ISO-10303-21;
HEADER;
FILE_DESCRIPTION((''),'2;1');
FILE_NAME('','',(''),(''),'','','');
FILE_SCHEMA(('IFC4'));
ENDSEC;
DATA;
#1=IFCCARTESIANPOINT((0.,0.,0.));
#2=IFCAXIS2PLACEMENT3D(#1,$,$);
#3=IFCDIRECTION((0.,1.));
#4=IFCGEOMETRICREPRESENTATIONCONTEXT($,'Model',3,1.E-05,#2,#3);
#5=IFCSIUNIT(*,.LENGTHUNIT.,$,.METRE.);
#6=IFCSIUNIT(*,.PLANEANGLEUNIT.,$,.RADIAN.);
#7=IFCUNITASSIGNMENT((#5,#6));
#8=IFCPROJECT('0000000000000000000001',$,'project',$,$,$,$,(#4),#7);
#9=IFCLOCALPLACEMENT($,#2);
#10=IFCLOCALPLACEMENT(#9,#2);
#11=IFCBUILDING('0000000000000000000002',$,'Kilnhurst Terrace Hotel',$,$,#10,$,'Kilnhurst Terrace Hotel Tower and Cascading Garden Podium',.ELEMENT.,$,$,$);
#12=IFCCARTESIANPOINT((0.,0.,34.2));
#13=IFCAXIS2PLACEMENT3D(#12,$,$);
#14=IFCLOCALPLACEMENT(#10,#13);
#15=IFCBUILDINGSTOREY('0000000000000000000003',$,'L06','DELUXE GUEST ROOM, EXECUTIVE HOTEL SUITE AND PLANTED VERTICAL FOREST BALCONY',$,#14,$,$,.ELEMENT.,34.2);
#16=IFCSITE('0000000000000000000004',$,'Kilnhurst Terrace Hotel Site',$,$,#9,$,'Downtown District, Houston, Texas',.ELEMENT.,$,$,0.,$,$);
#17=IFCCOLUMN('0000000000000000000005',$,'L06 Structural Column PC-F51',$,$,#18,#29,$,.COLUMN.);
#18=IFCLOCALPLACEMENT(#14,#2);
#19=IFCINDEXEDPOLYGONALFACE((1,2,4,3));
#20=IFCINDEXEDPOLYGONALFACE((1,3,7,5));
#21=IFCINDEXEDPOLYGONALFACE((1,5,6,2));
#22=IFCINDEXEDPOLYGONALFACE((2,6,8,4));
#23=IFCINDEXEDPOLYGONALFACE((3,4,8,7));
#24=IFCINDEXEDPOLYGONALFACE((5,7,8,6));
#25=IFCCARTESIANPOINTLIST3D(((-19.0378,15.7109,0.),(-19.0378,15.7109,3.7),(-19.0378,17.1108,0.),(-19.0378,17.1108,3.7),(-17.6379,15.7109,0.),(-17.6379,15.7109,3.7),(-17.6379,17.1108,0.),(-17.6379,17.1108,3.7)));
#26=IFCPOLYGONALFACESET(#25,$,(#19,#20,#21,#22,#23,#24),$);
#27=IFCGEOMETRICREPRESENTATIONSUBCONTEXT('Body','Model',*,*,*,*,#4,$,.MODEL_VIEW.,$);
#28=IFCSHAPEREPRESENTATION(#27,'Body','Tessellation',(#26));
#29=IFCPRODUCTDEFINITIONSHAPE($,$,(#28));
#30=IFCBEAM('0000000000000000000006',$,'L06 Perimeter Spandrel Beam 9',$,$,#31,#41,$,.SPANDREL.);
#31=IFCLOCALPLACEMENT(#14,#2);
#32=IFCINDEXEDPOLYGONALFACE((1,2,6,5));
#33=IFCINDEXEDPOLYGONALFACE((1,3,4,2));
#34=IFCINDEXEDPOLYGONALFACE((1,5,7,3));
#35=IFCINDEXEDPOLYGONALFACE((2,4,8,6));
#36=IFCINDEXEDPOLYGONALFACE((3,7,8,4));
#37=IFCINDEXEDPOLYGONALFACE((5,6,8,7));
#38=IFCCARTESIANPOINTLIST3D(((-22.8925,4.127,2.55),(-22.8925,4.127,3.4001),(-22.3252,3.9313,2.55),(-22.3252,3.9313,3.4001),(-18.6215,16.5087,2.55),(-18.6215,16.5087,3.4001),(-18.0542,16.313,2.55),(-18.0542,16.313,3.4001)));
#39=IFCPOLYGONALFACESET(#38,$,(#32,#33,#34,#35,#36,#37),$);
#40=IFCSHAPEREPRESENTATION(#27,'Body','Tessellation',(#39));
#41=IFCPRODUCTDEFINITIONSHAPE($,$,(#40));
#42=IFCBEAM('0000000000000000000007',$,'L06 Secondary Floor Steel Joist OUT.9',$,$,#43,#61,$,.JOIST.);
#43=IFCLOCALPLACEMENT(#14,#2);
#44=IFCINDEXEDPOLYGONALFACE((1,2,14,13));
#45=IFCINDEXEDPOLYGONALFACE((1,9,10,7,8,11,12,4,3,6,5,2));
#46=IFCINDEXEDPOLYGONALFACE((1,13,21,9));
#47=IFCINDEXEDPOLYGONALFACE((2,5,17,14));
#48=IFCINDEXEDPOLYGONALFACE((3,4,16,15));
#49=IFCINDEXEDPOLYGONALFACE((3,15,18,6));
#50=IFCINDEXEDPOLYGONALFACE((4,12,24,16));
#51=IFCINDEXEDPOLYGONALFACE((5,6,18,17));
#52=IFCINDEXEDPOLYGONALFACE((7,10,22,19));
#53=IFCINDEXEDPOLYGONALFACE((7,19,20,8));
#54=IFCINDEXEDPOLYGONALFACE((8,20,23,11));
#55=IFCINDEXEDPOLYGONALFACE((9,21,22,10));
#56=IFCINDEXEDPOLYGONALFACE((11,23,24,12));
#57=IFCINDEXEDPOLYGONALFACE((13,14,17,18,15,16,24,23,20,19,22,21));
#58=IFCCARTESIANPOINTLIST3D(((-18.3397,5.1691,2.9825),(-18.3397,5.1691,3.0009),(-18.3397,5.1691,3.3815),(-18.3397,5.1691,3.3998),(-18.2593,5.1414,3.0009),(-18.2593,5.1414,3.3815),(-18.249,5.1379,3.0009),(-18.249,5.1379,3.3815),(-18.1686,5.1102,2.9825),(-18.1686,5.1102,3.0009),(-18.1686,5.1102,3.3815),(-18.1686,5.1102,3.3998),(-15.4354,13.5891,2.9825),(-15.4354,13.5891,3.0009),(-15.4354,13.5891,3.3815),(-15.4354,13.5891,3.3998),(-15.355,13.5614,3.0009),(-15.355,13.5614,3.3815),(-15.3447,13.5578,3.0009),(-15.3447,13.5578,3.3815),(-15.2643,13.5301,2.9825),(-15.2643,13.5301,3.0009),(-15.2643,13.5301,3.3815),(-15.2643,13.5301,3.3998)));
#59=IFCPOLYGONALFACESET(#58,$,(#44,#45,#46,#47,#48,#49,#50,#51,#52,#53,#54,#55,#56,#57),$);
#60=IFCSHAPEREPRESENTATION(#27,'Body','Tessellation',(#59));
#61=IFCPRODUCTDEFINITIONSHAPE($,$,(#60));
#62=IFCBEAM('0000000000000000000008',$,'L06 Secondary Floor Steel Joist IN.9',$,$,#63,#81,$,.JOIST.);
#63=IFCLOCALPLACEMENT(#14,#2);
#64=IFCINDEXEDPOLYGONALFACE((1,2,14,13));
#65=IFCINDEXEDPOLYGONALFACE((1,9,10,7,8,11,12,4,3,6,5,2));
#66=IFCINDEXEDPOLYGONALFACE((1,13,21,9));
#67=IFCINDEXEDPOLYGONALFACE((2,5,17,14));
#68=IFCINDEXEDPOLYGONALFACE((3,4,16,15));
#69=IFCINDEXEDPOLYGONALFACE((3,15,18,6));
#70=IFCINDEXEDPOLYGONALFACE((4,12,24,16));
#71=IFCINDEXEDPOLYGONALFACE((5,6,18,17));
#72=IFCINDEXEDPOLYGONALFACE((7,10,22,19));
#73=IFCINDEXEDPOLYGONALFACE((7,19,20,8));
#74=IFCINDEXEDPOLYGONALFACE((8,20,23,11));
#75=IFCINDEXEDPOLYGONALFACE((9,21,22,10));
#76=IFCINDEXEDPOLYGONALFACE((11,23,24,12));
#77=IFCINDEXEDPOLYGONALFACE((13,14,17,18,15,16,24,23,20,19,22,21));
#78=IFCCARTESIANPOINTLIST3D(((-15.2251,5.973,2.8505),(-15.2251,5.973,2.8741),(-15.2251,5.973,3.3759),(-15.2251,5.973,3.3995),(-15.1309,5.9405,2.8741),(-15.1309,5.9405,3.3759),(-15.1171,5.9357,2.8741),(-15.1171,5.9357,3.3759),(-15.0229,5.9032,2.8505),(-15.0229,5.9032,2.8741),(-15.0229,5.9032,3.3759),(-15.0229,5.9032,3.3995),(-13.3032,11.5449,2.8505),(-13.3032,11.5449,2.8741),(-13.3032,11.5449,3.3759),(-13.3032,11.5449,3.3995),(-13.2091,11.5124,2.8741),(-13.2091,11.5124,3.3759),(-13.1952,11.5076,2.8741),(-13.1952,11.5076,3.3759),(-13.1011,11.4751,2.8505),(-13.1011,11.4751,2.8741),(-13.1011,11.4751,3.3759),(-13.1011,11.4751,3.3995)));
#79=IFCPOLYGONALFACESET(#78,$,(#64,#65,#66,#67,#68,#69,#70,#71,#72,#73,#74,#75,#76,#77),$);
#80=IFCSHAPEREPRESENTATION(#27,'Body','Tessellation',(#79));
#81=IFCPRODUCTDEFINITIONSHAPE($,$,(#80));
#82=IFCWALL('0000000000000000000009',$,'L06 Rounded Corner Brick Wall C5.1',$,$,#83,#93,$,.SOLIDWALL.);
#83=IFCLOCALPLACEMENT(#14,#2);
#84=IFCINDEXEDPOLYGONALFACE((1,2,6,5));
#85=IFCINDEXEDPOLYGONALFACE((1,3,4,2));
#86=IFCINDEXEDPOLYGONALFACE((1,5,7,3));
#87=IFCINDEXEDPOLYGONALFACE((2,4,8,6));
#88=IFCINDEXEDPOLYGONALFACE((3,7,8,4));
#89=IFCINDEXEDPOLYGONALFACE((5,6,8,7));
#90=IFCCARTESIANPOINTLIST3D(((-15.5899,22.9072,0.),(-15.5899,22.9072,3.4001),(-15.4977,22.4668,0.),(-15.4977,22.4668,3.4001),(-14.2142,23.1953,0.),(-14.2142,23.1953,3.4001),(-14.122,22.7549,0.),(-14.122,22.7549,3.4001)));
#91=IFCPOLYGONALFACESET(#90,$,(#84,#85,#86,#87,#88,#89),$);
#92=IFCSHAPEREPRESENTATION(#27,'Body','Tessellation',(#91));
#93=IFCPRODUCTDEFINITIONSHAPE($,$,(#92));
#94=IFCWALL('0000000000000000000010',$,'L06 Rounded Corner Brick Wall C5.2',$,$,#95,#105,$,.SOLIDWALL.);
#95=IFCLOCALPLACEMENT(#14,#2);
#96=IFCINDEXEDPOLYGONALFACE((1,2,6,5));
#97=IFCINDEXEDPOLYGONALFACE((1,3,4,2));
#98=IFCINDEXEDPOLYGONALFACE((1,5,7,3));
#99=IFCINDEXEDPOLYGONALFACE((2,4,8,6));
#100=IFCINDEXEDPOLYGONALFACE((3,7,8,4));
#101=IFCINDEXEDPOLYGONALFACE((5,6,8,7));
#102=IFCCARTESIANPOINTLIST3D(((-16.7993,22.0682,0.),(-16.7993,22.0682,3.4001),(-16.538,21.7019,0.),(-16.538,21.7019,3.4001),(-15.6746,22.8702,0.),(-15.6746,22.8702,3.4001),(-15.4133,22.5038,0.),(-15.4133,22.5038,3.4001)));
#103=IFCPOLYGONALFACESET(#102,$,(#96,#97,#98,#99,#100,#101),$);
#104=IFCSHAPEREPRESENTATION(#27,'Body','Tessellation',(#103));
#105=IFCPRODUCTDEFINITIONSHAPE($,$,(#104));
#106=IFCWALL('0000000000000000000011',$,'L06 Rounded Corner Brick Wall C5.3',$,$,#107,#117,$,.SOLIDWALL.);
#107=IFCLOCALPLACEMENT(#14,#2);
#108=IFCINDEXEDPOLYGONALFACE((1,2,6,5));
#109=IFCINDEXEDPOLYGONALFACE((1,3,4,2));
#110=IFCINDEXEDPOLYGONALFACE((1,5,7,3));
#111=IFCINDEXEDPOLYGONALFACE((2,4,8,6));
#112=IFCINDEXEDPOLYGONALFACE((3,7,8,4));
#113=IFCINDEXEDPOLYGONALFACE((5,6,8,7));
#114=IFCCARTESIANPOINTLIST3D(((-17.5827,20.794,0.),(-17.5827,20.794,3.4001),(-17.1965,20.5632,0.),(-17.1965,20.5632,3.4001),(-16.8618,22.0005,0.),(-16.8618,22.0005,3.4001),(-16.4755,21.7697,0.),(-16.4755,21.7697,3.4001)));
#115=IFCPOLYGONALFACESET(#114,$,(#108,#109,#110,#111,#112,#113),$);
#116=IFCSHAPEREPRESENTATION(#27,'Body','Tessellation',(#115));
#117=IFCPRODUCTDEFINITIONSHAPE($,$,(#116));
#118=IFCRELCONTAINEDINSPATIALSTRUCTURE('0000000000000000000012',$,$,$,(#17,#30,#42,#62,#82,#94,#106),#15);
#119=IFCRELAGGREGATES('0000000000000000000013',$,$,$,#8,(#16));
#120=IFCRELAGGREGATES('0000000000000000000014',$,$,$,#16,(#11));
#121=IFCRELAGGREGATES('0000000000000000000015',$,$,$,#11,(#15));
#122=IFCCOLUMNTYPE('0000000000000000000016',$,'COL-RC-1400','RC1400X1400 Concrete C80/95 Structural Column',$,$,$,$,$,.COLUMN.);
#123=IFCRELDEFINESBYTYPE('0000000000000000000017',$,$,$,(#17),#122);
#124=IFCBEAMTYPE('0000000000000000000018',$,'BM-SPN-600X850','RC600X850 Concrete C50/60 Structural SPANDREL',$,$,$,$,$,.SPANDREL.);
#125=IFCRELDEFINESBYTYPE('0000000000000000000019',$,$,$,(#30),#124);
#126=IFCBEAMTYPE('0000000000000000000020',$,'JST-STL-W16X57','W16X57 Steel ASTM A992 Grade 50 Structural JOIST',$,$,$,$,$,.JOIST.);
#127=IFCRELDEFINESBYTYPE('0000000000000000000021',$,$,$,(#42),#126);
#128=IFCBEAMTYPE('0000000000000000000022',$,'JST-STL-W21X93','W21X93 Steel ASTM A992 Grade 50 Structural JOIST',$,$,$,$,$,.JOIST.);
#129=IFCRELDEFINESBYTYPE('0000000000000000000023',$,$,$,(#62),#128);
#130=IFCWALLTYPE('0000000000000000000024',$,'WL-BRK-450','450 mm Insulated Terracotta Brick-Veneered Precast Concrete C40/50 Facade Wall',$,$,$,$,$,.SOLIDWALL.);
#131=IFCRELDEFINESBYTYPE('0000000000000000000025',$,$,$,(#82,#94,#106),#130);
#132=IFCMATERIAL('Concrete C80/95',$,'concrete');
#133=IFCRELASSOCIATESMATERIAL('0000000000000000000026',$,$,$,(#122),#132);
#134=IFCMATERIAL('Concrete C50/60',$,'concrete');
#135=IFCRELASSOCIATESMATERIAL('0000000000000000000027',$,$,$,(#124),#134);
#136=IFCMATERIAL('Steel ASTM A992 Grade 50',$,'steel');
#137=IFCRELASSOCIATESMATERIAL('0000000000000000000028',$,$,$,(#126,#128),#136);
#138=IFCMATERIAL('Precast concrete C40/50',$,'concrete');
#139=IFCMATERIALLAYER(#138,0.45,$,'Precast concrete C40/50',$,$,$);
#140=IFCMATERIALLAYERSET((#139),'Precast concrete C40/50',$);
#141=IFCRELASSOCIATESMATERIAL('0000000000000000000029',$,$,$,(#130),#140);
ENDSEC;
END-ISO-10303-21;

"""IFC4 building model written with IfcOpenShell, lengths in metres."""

from ifc_helpers import new_model, si_unit, direction, frame, frame_2d, origin, origin_2d, place, context, subcontext, project, spatial, rectangle, i_section, extrude, material, layer, layer_set, material_profile, profile_set, type_object, element, save


model = new_model("IFC4")

# Units and contexts
model_context = context("Model", 3, precision=1e-05, world=origin(), true_north=direction((0.0, 1.0)))
body_context = subcontext(model_context, "Body", "Model", "MODEL_VIEW")
ifc_project = project(units=[si_unit("LENGTHUNIT", "METRE"), si_unit("PLANEANGLEUNIT", "RADIAN")], contexts=[model_context])

# Site, building, storey
site_placement = place(None, origin())
site = spatial("IfcSite", under=ifc_project, at=site_placement, Name="Kilnhurst Terrace Hotel Site", LongName="Downtown District, Houston, Texas", CompositionType="ELEMENT", RefElevation=0.0)
building_placement = place(site_placement, origin())
building = spatial("IfcBuilding", under=site, at=building_placement, Name="Kilnhurst Terrace Hotel", LongName="Kilnhurst Terrace Hotel Tower and Cascading Garden Podium", CompositionType="ELEMENT")
storey_placement = place(building_placement, frame((0.0, 0.0, 34.2)))
storey = spatial("IfcBuildingStorey", under=building, at=storey_placement, Name="L06", Description="DELUXE GUEST ROOM, EXECUTIVE HOTEL SUITE AND PLANTED VERTICAL FOREST BALCONY", CompositionType="ELEMENT", Elevation=34.2)

# Column
ifc_material_1 = material(Name="Concrete C80/95", Category="concrete")
ifc_material_profile_1 = material_profile(ifc_material_1, rectangle(XDim=1.3999, YDim=1.3999, at=origin_2d()), Name="RC1400X1400")
ifc_profile_set_1 = profile_set([ifc_material_profile_1], Name="Concrete C80/95")
column_type = type_object("IfcColumnType", Name="COL-RC-1400", Description="RC1400X1400 Concrete C80/95 Structural Column", PredefinedType="COLUMN", material=ifc_profile_set_1)
column_placement = place(storey_placement, frame((-18.3379, 16.4109, 0.0), z_axis=(0.0, 0.0, 1.0), x_axis=(1.0, 0.0, 0.0)))
element("IfcColumn", 1, at=column_placement, inside=storey, type_object=column_type, Name="L06 Structural Column PC-F51", PredefinedType="COLUMN", context=body_context, shape_type="SweptSolid", body=[
    extrude(rectangle(XDim=1.3999, YDim=1.3999, at=origin_2d()), origin(), (0.0, 0.0, 1.0), 3.7),
])

# Beams
ifc_material_2 = material(Name="Concrete C50/60", Category="concrete")
ifc_material_profile_2 = material_profile(ifc_material_2, rectangle(XDim=0.6001, YDim=0.8501, at=origin_2d()), Name="RC600X850")
ifc_profile_set_2 = profile_set([ifc_material_profile_2], Name="Concrete C50/60")
beam_type_1 = type_object("IfcBeamType", Name="BM-SPN-600X850", Description="RC600X850 Concrete C50/60 Structural SPANDREL", PredefinedType="SPANDREL", material=ifc_profile_set_2)
beam_1_placement = place(storey_placement, frame((-18.3379, 16.4109, 2.9751), z_axis=(-0.326086, -0.94534, 0.0), x_axis=(0.94534, -0.326086, 0.0)))
element("IfcBeam", 2, at=beam_1_placement, inside=storey, type_object=beam_type_1, Name="L06 Perimeter Spandrel Beam 9", PredefinedType="SPANDREL", context=body_context, shape_type="SweptSolid", body=[
    extrude(rectangle(XDim=0.6001, YDim=0.8501, at=origin_2d()), origin(), (0.0, 0.0, 1.0), 13.0977),
])
ifc_material_3 = material(Name="Steel ASTM A992 Grade 50", Category="steel")
ifc_material_profile_3 = material_profile(ifc_material_3, i_section(OverallWidth=0.1809, OverallDepth=0.4172, WebThickness=0.011, FlangeThickness=0.0183, at=origin_2d()), Name="W16X57")
ifc_profile_set_3 = profile_set([ifc_material_profile_3], Name="Steel ASTM A992 Grade 50")
beam_type_2 = type_object("IfcBeamType", Name="JST-STL-W16X57", Description="W16X57 Steel ASTM A992 Grade 50 Structural JOIST", PredefinedType="JOIST", material=ifc_profile_set_3)
beam_2_placement = place(storey_placement, frame((-15.3499, 13.5596, 3.1912), z_axis=(-0.326079, -0.945343, 0.0), x_axis=(0.945343, -0.326079, 0.0)))
element("IfcBeam", 3, at=beam_2_placement, inside=storey, type_object=beam_type_2, Name="L06 Secondary Floor Steel Joist OUT.9", PredefinedType="JOIST", context=body_context, shape_type="SweptSolid", body=[
    extrude(i_section(OverallWidth=0.1809, OverallDepth=0.4172, WebThickness=0.011, FlangeThickness=0.0183, at=origin_2d()), origin(), (0.0, 0.0, 1.0), 8.9067),
])
ifc_material_profile_4 = material_profile(ifc_material_3, i_section(OverallWidth=0.2139, OverallDepth=0.5491, WebThickness=0.0146, FlangeThickness=0.0237, at=origin_2d()), Name="W21X93")
ifc_profile_set_4 = profile_set([ifc_material_profile_4], Name="Steel ASTM A992 Grade 50")
beam_type_3 = type_object("IfcBeamType", Name="JST-STL-W21X93", Description="W21X93 Steel ASTM A992 Grade 50 Structural JOIST", PredefinedType="JOIST", material=ifc_profile_set_4)
beam_3_placement = place(storey_placement, frame((-13.2021, 11.51, 3.125), z_axis=(-0.326065, -0.945347, 0.0), x_axis=(0.945347, -0.326065, 0.0)))
element("IfcBeam", 4, at=beam_3_placement, inside=storey, type_object=beam_type_3, Name="L06 Secondary Floor Steel Joist IN.9", PredefinedType="JOIST", context=body_context, shape_type="SweptSolid", body=[
    extrude(i_section(OverallWidth=0.2139, OverallDepth=0.5491, WebThickness=0.0146, FlangeThickness=0.0237, at=origin_2d()), origin(), (0.0, 0.0, 1.0), 5.894),
])

# Walls
ifc_material_4 = material(Name="Precast concrete C40/50", Category="concrete")
ifc_layer_1 = layer(ifc_material_4, 0.45, Name="Precast concrete C40/50")
ifc_layer_set_1 = layer_set([ifc_layer_1], Name="Precast concrete C40/50")
wall_type_1 = type_object("IfcWallType", Name="WL-BRK-450", Description="450 mm Insulated Terracotta Brick-Veneered Precast Concrete C40/50 Facade Wall", PredefinedType="SOLIDWALL", material=ifc_layer_set_1)
wall_1_placement = place(storey_placement, frame((-14.1682, 22.9751, 0.0), z_axis=(0.0, 0.0, 1.0), x_axis=(-0.97877, -0.20496, 0.0)))
element("IfcWall", 5, at=wall_1_placement, inside=storey, type_object=wall_type_1, Name="L06 Rounded Corner Brick Wall C5.1", PredefinedType="SOLIDWALL", context=body_context, shape_type="SweptSolid", body=[
    extrude(rectangle(XDim=1.4055, YDim=0.45, at=frame_2d((0.7026, 0.0))), origin(), (0.0, 0.0, 1.0), 3.4001),
])
wall_2_placement = place(storey_placement, frame((-15.5439, 22.687, 0.0), z_axis=(0.0, 0.0, 1.0), x_axis=(-0.814211, -0.580569, 0.0)))
element("IfcWall", 6, at=wall_2_placement, inside=storey, type_object=wall_type_1, Name="L06 Rounded Corner Brick Wall C5.2", PredefinedType="SOLIDWALL", context=body_context, shape_type="SweptSolid", body=[
    extrude(rectangle(XDim=1.3813, YDim=0.45, at=frame_2d((0.6907, 0.0))), origin(), (0.0, 0.0, 1.0), 3.4001),
])
wall_3_placement = place(storey_placement, frame((-16.6687, 21.885, 0.0), z_axis=(0.0, 0.0, 1.0), x_axis=(-0.512937, -0.858426, 0.0)))
element("IfcWall", 7, at=wall_3_placement, inside=storey, type_object=wall_type_1, Name="L06 Rounded Corner Brick Wall C5.3", PredefinedType="SOLIDWALL", context=body_context, shape_type="SweptSolid", body=[
    extrude(rectangle(XDim=1.4055, YDim=0.45, at=frame_2d((0.7026, 0.0))), origin(), (0.0, 0.0, 1.0), 3.4001),
])

save(model, "model.ifc")
